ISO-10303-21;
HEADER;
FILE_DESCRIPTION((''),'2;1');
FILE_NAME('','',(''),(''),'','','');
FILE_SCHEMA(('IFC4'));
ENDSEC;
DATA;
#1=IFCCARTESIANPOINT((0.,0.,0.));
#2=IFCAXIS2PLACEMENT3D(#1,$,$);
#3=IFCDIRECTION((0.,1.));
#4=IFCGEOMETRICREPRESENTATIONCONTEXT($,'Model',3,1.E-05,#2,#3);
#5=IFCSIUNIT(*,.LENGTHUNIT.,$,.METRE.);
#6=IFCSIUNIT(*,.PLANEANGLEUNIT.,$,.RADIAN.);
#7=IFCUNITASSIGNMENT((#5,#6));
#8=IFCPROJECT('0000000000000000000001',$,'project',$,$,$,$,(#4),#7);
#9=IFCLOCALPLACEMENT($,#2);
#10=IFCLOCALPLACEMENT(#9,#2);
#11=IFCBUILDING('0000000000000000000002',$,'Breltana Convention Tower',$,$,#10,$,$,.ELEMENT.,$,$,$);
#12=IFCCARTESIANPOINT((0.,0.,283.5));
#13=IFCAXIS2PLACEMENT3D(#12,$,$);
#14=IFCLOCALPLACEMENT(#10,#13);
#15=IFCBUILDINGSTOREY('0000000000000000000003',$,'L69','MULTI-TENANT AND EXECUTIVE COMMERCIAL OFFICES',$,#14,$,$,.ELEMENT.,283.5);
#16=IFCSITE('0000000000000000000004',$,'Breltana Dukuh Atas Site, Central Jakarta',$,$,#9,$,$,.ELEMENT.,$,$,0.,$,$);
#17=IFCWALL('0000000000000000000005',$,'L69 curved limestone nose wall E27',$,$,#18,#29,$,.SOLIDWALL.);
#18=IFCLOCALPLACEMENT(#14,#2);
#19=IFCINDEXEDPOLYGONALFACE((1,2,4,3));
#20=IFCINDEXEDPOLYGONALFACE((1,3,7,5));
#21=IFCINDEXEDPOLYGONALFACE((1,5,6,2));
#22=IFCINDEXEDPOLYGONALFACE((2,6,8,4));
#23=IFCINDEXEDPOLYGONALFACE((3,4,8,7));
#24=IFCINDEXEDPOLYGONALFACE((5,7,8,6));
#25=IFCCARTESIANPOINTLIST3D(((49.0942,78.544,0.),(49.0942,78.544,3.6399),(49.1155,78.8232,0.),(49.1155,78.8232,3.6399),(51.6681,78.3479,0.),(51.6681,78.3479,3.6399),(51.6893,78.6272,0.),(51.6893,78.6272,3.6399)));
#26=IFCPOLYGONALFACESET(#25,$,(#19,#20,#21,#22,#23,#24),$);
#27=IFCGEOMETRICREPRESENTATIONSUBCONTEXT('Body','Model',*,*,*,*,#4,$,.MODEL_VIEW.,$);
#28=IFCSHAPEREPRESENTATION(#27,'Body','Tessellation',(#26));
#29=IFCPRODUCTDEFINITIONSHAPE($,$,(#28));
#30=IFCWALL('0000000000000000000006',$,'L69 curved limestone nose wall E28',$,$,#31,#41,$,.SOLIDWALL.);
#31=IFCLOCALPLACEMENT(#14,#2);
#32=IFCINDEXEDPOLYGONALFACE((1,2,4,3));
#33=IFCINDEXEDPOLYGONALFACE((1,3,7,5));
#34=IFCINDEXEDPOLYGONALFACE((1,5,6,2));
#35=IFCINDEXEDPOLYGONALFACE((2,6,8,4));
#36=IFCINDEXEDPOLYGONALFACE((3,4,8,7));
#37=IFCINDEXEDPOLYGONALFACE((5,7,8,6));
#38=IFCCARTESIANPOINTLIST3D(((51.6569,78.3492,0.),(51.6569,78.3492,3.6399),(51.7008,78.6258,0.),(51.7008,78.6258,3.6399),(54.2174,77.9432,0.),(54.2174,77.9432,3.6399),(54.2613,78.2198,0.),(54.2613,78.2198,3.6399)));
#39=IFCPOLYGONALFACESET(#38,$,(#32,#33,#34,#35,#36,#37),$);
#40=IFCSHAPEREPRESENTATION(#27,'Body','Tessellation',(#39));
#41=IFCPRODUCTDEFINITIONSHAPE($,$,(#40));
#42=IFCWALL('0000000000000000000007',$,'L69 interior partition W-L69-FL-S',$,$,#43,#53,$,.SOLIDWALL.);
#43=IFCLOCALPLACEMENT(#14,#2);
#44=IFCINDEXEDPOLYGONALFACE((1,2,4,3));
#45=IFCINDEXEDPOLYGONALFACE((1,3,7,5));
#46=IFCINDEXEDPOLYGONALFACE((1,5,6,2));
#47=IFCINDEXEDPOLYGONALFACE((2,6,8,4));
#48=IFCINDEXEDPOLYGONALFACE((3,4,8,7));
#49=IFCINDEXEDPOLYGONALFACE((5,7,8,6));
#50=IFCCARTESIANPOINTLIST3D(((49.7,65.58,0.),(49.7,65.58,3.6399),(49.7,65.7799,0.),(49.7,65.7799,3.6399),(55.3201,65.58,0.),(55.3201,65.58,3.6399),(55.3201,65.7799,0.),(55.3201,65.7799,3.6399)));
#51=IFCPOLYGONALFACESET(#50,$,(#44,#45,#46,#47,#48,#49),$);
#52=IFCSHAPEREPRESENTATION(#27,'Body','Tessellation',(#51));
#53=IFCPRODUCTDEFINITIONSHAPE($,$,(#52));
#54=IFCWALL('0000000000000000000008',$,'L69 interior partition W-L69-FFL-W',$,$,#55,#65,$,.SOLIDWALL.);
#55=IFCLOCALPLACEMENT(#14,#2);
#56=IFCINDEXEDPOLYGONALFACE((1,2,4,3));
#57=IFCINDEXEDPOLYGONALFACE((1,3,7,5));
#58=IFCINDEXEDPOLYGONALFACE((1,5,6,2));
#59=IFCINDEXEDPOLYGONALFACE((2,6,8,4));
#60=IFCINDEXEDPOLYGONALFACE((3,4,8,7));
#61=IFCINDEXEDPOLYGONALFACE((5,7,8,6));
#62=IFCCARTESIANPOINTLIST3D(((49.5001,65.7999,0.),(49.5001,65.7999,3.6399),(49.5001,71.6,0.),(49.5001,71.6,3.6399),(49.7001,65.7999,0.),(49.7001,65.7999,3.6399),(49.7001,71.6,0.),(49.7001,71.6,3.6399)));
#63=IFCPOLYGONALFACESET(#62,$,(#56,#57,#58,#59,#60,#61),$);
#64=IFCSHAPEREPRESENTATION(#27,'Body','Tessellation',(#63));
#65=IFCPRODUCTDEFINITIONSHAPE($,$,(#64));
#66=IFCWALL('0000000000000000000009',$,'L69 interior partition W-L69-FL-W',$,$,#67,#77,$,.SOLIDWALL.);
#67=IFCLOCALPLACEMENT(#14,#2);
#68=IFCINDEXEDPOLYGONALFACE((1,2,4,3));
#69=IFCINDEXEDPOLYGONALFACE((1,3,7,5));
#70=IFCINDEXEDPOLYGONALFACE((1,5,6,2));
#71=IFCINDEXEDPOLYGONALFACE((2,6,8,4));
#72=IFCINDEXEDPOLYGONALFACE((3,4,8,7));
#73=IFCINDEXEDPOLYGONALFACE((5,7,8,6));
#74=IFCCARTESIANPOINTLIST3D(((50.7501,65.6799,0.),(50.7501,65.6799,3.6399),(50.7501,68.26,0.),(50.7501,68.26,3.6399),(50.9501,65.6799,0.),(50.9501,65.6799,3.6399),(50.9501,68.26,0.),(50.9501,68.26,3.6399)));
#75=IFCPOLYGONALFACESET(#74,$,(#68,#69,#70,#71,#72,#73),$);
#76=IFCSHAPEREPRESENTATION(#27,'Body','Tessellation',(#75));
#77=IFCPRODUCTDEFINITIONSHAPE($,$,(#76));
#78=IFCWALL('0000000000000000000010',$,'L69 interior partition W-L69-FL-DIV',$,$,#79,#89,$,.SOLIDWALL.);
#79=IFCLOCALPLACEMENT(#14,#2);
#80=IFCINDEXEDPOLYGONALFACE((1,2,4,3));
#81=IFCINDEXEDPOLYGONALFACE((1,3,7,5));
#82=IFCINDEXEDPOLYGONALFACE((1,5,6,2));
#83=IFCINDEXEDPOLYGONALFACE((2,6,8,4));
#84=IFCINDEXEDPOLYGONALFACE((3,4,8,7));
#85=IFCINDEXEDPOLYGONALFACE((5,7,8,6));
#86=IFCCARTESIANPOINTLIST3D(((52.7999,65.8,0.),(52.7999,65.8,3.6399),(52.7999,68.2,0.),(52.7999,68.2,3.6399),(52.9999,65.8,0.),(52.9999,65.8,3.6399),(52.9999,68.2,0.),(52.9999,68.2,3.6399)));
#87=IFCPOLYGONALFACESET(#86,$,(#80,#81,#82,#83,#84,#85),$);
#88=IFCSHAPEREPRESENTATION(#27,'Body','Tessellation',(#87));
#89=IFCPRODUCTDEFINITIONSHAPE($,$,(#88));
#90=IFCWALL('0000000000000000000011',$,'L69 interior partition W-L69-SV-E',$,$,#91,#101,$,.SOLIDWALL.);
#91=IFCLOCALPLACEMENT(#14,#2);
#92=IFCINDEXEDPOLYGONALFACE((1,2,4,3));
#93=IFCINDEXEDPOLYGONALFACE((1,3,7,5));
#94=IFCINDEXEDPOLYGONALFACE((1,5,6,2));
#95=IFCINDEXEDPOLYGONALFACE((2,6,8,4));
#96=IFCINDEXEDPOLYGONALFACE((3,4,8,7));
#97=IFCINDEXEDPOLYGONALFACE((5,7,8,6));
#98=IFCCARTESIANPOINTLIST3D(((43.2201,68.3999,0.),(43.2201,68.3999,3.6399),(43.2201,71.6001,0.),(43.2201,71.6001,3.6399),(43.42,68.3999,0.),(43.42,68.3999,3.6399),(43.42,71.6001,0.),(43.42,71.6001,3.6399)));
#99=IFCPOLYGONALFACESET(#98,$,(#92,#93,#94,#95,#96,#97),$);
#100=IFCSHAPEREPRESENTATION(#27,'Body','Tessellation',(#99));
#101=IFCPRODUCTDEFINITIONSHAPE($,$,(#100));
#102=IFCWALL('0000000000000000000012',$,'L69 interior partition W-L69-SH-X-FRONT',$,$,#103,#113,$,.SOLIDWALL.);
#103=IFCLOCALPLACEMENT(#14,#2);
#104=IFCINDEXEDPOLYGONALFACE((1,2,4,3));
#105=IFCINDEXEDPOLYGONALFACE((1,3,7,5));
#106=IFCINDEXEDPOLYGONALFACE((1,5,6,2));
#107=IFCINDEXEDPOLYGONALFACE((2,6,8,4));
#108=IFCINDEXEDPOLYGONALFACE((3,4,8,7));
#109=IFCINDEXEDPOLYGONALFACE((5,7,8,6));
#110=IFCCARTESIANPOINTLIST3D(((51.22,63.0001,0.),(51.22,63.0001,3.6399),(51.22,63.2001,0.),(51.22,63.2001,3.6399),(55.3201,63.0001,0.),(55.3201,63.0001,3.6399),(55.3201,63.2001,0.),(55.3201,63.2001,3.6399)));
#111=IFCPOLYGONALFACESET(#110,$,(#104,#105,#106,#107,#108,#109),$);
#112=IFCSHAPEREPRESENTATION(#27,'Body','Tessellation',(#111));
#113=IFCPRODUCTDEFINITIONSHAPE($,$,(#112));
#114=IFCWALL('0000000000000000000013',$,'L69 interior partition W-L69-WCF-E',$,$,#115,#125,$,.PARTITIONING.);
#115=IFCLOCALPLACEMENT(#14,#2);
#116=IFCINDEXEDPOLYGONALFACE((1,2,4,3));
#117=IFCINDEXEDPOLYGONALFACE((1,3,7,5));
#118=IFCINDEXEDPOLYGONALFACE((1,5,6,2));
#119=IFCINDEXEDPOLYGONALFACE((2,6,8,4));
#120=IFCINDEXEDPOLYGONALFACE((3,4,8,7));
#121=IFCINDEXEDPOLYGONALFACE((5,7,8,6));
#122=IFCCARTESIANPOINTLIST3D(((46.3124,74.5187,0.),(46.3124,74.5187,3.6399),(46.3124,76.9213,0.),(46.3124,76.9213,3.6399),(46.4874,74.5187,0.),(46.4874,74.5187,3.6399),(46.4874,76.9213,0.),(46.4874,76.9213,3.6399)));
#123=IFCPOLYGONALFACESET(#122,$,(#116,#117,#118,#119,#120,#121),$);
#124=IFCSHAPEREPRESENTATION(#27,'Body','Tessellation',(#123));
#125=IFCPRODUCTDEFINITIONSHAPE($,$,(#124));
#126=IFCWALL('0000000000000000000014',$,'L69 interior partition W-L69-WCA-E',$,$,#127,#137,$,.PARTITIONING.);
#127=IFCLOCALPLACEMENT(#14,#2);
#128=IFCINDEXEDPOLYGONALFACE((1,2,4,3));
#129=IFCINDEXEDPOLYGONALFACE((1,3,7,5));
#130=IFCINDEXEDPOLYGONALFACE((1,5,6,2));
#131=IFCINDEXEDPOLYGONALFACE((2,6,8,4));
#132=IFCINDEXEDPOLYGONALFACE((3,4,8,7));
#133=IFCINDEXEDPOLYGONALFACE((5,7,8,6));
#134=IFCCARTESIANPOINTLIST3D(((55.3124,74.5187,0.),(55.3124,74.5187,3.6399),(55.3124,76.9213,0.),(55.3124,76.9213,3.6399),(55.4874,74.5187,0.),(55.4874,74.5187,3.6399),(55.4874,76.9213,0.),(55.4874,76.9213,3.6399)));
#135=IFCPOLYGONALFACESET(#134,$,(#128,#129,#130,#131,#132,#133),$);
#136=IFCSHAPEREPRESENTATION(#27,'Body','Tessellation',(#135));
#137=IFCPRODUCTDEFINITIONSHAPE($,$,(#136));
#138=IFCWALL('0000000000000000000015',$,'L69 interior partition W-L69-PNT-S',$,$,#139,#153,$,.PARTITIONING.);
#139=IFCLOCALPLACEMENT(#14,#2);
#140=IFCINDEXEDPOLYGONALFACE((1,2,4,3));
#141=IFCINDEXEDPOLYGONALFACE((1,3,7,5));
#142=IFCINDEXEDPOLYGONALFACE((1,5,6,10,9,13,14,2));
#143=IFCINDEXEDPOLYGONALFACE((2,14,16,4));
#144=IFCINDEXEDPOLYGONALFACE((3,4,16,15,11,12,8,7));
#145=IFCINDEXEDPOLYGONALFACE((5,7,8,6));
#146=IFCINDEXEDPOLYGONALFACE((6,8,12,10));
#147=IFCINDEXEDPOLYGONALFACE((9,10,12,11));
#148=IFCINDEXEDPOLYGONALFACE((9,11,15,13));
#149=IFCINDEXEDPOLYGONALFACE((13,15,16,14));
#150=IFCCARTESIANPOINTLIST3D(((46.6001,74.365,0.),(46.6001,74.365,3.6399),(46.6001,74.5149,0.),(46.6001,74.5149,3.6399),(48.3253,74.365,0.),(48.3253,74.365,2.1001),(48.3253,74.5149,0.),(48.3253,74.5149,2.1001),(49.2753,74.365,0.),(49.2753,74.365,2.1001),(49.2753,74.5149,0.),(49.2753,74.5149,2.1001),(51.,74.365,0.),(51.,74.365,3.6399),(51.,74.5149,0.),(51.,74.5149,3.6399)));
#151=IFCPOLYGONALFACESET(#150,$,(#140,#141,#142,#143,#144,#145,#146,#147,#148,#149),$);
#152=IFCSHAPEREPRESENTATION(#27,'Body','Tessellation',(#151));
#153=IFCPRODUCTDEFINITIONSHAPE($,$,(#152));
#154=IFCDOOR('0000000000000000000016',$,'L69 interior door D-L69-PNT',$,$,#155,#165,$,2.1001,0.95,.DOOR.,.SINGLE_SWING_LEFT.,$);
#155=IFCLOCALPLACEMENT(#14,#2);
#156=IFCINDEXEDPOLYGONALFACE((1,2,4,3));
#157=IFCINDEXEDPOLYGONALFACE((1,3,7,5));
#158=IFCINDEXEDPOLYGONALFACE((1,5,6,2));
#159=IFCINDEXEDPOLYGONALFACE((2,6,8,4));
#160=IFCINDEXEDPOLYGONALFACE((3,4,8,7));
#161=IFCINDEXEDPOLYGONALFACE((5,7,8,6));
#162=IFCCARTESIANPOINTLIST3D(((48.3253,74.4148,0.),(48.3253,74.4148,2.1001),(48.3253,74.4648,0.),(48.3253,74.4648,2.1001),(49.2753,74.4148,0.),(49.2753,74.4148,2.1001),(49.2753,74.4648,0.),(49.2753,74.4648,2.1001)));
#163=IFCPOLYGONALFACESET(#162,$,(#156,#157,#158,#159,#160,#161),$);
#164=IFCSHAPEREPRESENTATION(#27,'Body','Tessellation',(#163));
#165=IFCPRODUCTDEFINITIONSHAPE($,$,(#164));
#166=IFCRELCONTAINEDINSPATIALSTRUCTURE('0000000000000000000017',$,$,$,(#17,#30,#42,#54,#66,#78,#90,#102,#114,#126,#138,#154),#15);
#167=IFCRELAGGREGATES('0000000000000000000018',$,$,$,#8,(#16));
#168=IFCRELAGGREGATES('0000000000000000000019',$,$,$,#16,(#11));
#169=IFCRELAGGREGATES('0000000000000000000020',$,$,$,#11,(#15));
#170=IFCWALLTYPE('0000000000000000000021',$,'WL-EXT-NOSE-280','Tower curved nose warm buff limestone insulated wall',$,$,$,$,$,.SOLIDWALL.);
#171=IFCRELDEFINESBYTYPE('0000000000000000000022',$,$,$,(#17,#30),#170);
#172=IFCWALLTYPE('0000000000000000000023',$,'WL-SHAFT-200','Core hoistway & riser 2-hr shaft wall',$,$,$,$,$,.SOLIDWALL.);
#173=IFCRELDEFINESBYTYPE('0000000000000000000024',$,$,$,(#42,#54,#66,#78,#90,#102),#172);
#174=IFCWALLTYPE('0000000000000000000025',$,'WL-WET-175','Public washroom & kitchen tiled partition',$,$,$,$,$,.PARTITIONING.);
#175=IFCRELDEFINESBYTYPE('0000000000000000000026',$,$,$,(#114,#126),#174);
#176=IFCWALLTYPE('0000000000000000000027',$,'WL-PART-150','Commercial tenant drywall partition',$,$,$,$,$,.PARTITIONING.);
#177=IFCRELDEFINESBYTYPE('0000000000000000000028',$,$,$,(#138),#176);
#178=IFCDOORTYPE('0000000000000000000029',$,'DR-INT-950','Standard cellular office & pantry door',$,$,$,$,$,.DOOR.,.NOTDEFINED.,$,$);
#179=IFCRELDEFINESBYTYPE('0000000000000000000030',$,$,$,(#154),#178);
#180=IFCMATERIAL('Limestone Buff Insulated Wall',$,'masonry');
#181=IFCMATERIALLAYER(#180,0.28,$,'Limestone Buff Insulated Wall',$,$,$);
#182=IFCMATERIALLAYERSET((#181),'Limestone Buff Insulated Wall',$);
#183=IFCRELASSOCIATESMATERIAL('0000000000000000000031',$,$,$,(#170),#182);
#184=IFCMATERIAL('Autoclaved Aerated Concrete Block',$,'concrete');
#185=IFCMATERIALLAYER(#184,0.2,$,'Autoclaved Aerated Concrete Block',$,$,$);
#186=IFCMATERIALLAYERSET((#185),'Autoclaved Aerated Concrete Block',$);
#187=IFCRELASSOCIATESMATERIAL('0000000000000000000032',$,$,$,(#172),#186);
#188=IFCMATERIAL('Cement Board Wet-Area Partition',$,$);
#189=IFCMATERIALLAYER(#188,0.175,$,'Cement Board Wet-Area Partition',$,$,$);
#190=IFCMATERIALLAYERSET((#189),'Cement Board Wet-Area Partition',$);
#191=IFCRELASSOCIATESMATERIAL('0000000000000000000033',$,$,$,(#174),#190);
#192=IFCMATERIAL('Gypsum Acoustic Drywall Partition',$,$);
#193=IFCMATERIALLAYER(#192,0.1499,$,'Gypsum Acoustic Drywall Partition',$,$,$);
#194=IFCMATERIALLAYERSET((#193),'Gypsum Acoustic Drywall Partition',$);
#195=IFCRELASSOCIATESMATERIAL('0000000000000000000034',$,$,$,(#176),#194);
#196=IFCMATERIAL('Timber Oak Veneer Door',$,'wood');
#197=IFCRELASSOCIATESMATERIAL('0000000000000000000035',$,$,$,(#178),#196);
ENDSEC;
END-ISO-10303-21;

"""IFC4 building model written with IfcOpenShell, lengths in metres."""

from ifc_helpers import new_model, si_unit, direction, frame, frame_2d, origin, place, context, subcontext, project, spatial, rectangle, extrude, source, transform, mapped, material, layer, layer_set, type_object, type_shapes, element, fill, save


model = new_model("IFC4")

# Units and contexts
model_context = context("Model", 3, precision=1e-05, world=origin(), true_north=direction((0.0, 1.0)))
body_context = subcontext(model_context, "Body", "Model", "MODEL_VIEW")
ifc_project = project(units=[si_unit("LENGTHUNIT", "METRE"), si_unit("PLANEANGLEUNIT", "RADIAN")], contexts=[model_context])

# Site, building, storey
site_placement = place(None, origin())
site = spatial("IfcSite", under=ifc_project, at=site_placement, Name="Breltana Dukuh Atas Site, Central Jakarta", CompositionType="ELEMENT", RefElevation=0.0)
building_placement = place(site_placement, origin())
building = spatial("IfcBuilding", under=site, at=building_placement, Name="Breltana Convention Tower", CompositionType="ELEMENT")
storey_placement = place(building_placement, frame((0.0, 0.0, 283.5)))
storey = spatial("IfcBuildingStorey", under=building, at=storey_placement, Name="L69", Description="MULTI-TENANT AND EXECUTIVE COMMERCIAL OFFICES", CompositionType="ELEMENT", Elevation=283.5)

# Walls
ifc_material_1 = material(Name="Limestone Buff Insulated Wall", Category="masonry")
ifc_layer_1 = layer(ifc_material_1, 0.28, Name="Limestone Buff Insulated Wall")
ifc_layer_set_1 = layer_set([ifc_layer_1], Name="Limestone Buff Insulated Wall")
wall_type_1 = type_object("IfcWallType", Name="WL-EXT-NOSE-280", Description="Tower curved nose warm buff limestone insulated wall", PredefinedType="SOLIDWALL", material=ifc_layer_set_1)
shared_shape_1 = source(origin(), body_context, "Body", "SweptSolid", [
    extrude(rectangle(XDim=2.5813, YDim=0.28, at=frame_2d((1.2905, 0.0))), origin(), (0.0, 0.0, 1.0), 3.6399),
])
wall_1_placement = place(storey_placement, frame((49.105, 78.6836, 0.0), z_axis=(0.0, 0.0, 1.0), x_axis=(0.997112, -0.075951, 0.0)))
element("IfcWall", 1, at=wall_1_placement, inside=storey, type_object=wall_type_1, Name="L69 curved limestone nose wall E27", PredefinedType="SOLIDWALL", context=body_context, shape_type="MappedRepresentation", body=[
    mapped(shared_shape_1, transform((0.0, 0.0, 0.0), scale=1.0)),
])
shared_shape_2 = source(origin(), body_context, "Body", "SweptSolid", [
    extrude(rectangle(XDim=2.5925, YDim=0.28, at=frame_2d((1.2964, 0.0))), origin(), (0.0, 0.0, 1.0), 3.6399),
])
wall_2_placement = place(storey_placement, frame((51.6787, 78.4875, 0.0), z_axis=(0.0, 0.0, 1.0), x_axis=(0.987661, -0.156606, 0.0)))
element("IfcWall", 2, at=wall_2_placement, inside=storey, type_object=wall_type_1, Name="L69 curved limestone nose wall E28", PredefinedType="SOLIDWALL", context=body_context, shape_type="MappedRepresentation", body=[
    mapped(shared_shape_2, transform((0.0, 0.0, 0.0), scale=1.0)),
])

# Shared definitions
ifc_material_2 = material(Name="Autoclaved Aerated Concrete Block", Category="concrete")
ifc_layer_2 = layer(ifc_material_2, 0.2, Name="Autoclaved Aerated Concrete Block")
ifc_layer_set_2 = layer_set([ifc_layer_2], Name="Autoclaved Aerated Concrete Block")
wall_type_2 = type_object("IfcWallType", Name="WL-SHAFT-200", Description="Core hoistway & riser 2-hr shaft wall", PredefinedType="SOLIDWALL", material=ifc_layer_set_2)
shared_shape_3 = source(origin(), body_context, "Body", "SweptSolid", [
    extrude(rectangle(XDim=5.6201, YDim=0.2, at=frame_2d((2.8101, 0.0))), origin(), (0.0, 0.0, 1.0), 3.6399),
])

# Walls
wall_3_placement = place(storey_placement, frame((49.7, 65.6799, 0.0), z_axis=(0.0, 0.0, 1.0), x_axis=(1.0, 0.0, 0.0)))
element("IfcWall", 3, at=wall_3_placement, inside=storey, type_object=wall_type_2, Name="L69 interior partition W-L69-FL-S", PredefinedType="SOLIDWALL", context=body_context, shape_type="MappedRepresentation", body=[
    mapped(shared_shape_3, transform((0.0, 0.0, 0.0), scale=1.0)),
])
shared_shape_4 = source(origin(), body_context, "Body", "SweptSolid", [
    extrude(rectangle(XDim=5.8, YDim=0.2, at=frame_2d((2.8999, 0.0))), origin(), (0.0, 0.0, 1.0), 3.6399),
])
wall_4_placement = place(storey_placement, frame((49.6001, 65.8, 0.0), z_axis=(0.0, 0.0, 1.0), x_axis=(0.0, 1.0, 0.0)))
element("IfcWall", 4, at=wall_4_placement, inside=storey, type_object=wall_type_2, Name="L69 interior partition W-L69-FFL-W", PredefinedType="SOLIDWALL", context=body_context, shape_type="MappedRepresentation", body=[
    mapped(shared_shape_4, transform((0.0, 0.0, 0.0), scale=1.0)),
])
shared_shape_5 = source(origin(), body_context, "Body", "SweptSolid", [
    extrude(rectangle(XDim=2.5801, YDim=0.2, at=frame_2d((1.29, 0.0))), origin(), (0.0, 0.0, 1.0), 3.6399),
])
wall_5_placement = place(storey_placement, frame((50.8501, 65.6799, 0.0), z_axis=(0.0, 0.0, 1.0), x_axis=(0.0, 1.0, 0.0)))
element("IfcWall", 5, at=wall_5_placement, inside=storey, type_object=wall_type_2, Name="L69 interior partition W-L69-FL-W", PredefinedType="SOLIDWALL", context=body_context, shape_type="MappedRepresentation", body=[
    mapped(shared_shape_5, transform((0.0, 0.0, 0.0), scale=1.0)),
])
shared_shape_6 = source(origin(), body_context, "Body", "SweptSolid", [
    extrude(rectangle(XDim=2.3999, YDim=0.2, at=frame_2d((1.2, 0.0))), origin(), (0.0, 0.0, 1.0), 3.6399),
])
wall_6_placement = place(storey_placement, frame((52.8999, 65.8, 0.0), z_axis=(0.0, 0.0, 1.0), x_axis=(0.0, 1.0, 0.0)))
element("IfcWall", 6, at=wall_6_placement, inside=storey, type_object=wall_type_2, Name="L69 interior partition W-L69-FL-DIV", PredefinedType="SOLIDWALL", context=body_context, shape_type="MappedRepresentation", body=[
    mapped(shared_shape_6, transform((0.0, 0.0, 0.0), scale=1.0)),
])
shared_shape_7 = source(origin(), body_context, "Body", "SweptSolid", [
    extrude(rectangle(XDim=3.2002, YDim=0.2, at=frame_2d((1.6001, 0.0))), origin(), (0.0, 0.0, 1.0), 3.6399),
])
wall_7_placement = place(storey_placement, frame((43.3201, 68.3999, 0.0), z_axis=(0.0, 0.0, 1.0), x_axis=(0.0, 1.0, 0.0)))
element("IfcWall", 7, at=wall_7_placement, inside=storey, type_object=wall_type_2, Name="L69 interior partition W-L69-SV-E", PredefinedType="SOLIDWALL", context=body_context, shape_type="MappedRepresentation", body=[
    mapped(shared_shape_7, transform((0.0, 0.0, 0.0), scale=1.0)),
])
shared_shape_8 = source(origin(), body_context, "Body", "SweptSolid", [
    extrude(rectangle(XDim=4.1001, YDim=0.2, at=frame_2d((2.05, 0.0))), origin(), (0.0, 0.0, 1.0), 3.6399),
])
wall_8_placement = place(storey_placement, frame((51.22, 63.1001, 0.0), z_axis=(0.0, 0.0, 1.0), x_axis=(1.0, 0.0, 0.0)))
element("IfcWall", 8, at=wall_8_placement, inside=storey, type_object=wall_type_2, Name="L69 interior partition W-L69-SH-X-FRONT", PredefinedType="SOLIDWALL", context=body_context, shape_type="MappedRepresentation", body=[
    mapped(shared_shape_8, transform((0.0, 0.0, 0.0), scale=1.0)),
])
ifc_material_3 = material(Name="Cement Board Wet-Area Partition")
ifc_layer_3 = layer(ifc_material_3, 0.175, Name="Cement Board Wet-Area Partition")
ifc_layer_set_3 = layer_set([ifc_layer_3], Name="Cement Board Wet-Area Partition")
wall_type_3 = type_object("IfcWallType", Name="WL-WET-175", Description="Public washroom & kitchen tiled partition", PredefinedType="PARTITIONING", material=ifc_layer_set_3)
shared_shape_9 = source(origin(), body_context, "Body", "SweptSolid", [
    extrude(rectangle(XDim=2.4026, YDim=0.175, at=frame_2d((1.2012, 0.0))), origin(), (0.0, 0.0, 1.0), 3.6399),
])
for number, where, z_axis, x_axis, name in (
    (9, (46.3999, 74.5188, 0.0), (0.0, 0.0, 1.0), (0.0, 1.0, 0.0), "L69 interior partition W-L69-WCF-E"),
    (10, (55.3999, 74.5188, 0.0), (0.0, 0.0, 1.0), (0.0, 1.0, 0.0), "L69 interior partition W-L69-WCA-E"),
):
    element("IfcWall", number, at=place(storey_placement, frame(where, z_axis=z_axis, x_axis=x_axis)), inside=storey, type_object=wall_type_3, Name=name, PredefinedType="PARTITIONING", context=body_context, shape_type="MappedRepresentation", body=[
        mapped(shared_shape_9, transform((0.0, 0.0, 0.0), scale=1.0)),
    ])

# Wall, opening, door
ifc_material_4 = material(Name="Gypsum Acoustic Drywall Partition")
ifc_layer_4 = layer(ifc_material_4, 0.1499, Name="Gypsum Acoustic Drywall Partition")
ifc_layer_set_4 = layer_set([ifc_layer_4], Name="Gypsum Acoustic Drywall Partition")
wall_type_4 = type_object("IfcWallType", Name="WL-PART-150", Description="Commercial tenant drywall partition", PredefinedType="PARTITIONING", material=ifc_layer_set_4)
shared_shape_10 = source(origin(), body_context, "Body", "SweptSolid", [
    extrude(rectangle(XDim=4.3999, YDim=0.1499, at=frame_2d((2.2, 0.0))), origin(), (0.0, 0.0, 1.0), 3.6399),
])
wall_9_placement = place(storey_placement, frame((46.6001, 74.4399, 0.0), z_axis=(0.0, 0.0, 1.0), x_axis=(1.0, 0.0, 0.0)))
wall_9 = element("IfcWall", 11, at=wall_9_placement, inside=storey, type_object=wall_type_4, Name="L69 interior partition W-L69-PNT-S", PredefinedType="PARTITIONING", context=body_context, shape_type="MappedRepresentation", body=[
    mapped(shared_shape_10, transform((0.0, 0.0, 0.0), scale=1.0)),
])
opening_1_placement = place(wall_9_placement, frame((1.7251, 0.0, 0.0)))
opening_1 = element("IfcOpeningElement", 12, at=opening_1_placement, cuts=wall_9, PredefinedType="OPENING", context=body_context, shape_type="SweptSolid", body=[
    extrude(rectangle(XDim=0.95, YDim=2.1001, at=frame_2d((0.4751, 1.05))), frame((0.0, 0.085, 0.0), z_axis=(0.0, -1.0, 0.0), x_axis=(1.0, 0.0, 0.0)), (0.0, 0.0, 1.0), 0.1699),
])
ifc_material_5 = material(Name="Timber Oak Veneer Door", Category="wood")
door_type_1 = type_object("IfcDoorType", Name="DR-INT-950", Description="Standard cellular office & pantry door", OperationType="NOTDEFINED", PredefinedType="DOOR", material=ifc_material_5)
shared_shape_11 = source(origin(), body_context, "Body", "SweptSolid", [
    extrude(rectangle(XDim=0.95, YDim=2.1001, at=frame_2d((0.4751, 1.05))), frame((0.0, 0.0249, 0.0), z_axis=(0.0, -1.0, 0.0), x_axis=(1.0, 0.0, 0.0)), (0.0, 0.0, 1.0), 0.05),
])
type_shapes(door_type_1, [shared_shape_11])
door_1_placement = place(opening_1_placement, origin())
door_1 = element("IfcDoor", 13, at=door_1_placement, inside=storey, type_object=door_type_1, Name="L69 interior door D-L69-PNT", OperationType="SINGLE_SWING_LEFT", OverallHeight=2.1001, OverallWidth=0.95, PredefinedType="DOOR", context=body_context, shape_type="MappedRepresentation", body=[
    mapped(shared_shape_11, transform((0.0, 0.0, 0.0), scale=1.0)),
])
fill(opening_1, door_1)

save(model, "model.ifc")
